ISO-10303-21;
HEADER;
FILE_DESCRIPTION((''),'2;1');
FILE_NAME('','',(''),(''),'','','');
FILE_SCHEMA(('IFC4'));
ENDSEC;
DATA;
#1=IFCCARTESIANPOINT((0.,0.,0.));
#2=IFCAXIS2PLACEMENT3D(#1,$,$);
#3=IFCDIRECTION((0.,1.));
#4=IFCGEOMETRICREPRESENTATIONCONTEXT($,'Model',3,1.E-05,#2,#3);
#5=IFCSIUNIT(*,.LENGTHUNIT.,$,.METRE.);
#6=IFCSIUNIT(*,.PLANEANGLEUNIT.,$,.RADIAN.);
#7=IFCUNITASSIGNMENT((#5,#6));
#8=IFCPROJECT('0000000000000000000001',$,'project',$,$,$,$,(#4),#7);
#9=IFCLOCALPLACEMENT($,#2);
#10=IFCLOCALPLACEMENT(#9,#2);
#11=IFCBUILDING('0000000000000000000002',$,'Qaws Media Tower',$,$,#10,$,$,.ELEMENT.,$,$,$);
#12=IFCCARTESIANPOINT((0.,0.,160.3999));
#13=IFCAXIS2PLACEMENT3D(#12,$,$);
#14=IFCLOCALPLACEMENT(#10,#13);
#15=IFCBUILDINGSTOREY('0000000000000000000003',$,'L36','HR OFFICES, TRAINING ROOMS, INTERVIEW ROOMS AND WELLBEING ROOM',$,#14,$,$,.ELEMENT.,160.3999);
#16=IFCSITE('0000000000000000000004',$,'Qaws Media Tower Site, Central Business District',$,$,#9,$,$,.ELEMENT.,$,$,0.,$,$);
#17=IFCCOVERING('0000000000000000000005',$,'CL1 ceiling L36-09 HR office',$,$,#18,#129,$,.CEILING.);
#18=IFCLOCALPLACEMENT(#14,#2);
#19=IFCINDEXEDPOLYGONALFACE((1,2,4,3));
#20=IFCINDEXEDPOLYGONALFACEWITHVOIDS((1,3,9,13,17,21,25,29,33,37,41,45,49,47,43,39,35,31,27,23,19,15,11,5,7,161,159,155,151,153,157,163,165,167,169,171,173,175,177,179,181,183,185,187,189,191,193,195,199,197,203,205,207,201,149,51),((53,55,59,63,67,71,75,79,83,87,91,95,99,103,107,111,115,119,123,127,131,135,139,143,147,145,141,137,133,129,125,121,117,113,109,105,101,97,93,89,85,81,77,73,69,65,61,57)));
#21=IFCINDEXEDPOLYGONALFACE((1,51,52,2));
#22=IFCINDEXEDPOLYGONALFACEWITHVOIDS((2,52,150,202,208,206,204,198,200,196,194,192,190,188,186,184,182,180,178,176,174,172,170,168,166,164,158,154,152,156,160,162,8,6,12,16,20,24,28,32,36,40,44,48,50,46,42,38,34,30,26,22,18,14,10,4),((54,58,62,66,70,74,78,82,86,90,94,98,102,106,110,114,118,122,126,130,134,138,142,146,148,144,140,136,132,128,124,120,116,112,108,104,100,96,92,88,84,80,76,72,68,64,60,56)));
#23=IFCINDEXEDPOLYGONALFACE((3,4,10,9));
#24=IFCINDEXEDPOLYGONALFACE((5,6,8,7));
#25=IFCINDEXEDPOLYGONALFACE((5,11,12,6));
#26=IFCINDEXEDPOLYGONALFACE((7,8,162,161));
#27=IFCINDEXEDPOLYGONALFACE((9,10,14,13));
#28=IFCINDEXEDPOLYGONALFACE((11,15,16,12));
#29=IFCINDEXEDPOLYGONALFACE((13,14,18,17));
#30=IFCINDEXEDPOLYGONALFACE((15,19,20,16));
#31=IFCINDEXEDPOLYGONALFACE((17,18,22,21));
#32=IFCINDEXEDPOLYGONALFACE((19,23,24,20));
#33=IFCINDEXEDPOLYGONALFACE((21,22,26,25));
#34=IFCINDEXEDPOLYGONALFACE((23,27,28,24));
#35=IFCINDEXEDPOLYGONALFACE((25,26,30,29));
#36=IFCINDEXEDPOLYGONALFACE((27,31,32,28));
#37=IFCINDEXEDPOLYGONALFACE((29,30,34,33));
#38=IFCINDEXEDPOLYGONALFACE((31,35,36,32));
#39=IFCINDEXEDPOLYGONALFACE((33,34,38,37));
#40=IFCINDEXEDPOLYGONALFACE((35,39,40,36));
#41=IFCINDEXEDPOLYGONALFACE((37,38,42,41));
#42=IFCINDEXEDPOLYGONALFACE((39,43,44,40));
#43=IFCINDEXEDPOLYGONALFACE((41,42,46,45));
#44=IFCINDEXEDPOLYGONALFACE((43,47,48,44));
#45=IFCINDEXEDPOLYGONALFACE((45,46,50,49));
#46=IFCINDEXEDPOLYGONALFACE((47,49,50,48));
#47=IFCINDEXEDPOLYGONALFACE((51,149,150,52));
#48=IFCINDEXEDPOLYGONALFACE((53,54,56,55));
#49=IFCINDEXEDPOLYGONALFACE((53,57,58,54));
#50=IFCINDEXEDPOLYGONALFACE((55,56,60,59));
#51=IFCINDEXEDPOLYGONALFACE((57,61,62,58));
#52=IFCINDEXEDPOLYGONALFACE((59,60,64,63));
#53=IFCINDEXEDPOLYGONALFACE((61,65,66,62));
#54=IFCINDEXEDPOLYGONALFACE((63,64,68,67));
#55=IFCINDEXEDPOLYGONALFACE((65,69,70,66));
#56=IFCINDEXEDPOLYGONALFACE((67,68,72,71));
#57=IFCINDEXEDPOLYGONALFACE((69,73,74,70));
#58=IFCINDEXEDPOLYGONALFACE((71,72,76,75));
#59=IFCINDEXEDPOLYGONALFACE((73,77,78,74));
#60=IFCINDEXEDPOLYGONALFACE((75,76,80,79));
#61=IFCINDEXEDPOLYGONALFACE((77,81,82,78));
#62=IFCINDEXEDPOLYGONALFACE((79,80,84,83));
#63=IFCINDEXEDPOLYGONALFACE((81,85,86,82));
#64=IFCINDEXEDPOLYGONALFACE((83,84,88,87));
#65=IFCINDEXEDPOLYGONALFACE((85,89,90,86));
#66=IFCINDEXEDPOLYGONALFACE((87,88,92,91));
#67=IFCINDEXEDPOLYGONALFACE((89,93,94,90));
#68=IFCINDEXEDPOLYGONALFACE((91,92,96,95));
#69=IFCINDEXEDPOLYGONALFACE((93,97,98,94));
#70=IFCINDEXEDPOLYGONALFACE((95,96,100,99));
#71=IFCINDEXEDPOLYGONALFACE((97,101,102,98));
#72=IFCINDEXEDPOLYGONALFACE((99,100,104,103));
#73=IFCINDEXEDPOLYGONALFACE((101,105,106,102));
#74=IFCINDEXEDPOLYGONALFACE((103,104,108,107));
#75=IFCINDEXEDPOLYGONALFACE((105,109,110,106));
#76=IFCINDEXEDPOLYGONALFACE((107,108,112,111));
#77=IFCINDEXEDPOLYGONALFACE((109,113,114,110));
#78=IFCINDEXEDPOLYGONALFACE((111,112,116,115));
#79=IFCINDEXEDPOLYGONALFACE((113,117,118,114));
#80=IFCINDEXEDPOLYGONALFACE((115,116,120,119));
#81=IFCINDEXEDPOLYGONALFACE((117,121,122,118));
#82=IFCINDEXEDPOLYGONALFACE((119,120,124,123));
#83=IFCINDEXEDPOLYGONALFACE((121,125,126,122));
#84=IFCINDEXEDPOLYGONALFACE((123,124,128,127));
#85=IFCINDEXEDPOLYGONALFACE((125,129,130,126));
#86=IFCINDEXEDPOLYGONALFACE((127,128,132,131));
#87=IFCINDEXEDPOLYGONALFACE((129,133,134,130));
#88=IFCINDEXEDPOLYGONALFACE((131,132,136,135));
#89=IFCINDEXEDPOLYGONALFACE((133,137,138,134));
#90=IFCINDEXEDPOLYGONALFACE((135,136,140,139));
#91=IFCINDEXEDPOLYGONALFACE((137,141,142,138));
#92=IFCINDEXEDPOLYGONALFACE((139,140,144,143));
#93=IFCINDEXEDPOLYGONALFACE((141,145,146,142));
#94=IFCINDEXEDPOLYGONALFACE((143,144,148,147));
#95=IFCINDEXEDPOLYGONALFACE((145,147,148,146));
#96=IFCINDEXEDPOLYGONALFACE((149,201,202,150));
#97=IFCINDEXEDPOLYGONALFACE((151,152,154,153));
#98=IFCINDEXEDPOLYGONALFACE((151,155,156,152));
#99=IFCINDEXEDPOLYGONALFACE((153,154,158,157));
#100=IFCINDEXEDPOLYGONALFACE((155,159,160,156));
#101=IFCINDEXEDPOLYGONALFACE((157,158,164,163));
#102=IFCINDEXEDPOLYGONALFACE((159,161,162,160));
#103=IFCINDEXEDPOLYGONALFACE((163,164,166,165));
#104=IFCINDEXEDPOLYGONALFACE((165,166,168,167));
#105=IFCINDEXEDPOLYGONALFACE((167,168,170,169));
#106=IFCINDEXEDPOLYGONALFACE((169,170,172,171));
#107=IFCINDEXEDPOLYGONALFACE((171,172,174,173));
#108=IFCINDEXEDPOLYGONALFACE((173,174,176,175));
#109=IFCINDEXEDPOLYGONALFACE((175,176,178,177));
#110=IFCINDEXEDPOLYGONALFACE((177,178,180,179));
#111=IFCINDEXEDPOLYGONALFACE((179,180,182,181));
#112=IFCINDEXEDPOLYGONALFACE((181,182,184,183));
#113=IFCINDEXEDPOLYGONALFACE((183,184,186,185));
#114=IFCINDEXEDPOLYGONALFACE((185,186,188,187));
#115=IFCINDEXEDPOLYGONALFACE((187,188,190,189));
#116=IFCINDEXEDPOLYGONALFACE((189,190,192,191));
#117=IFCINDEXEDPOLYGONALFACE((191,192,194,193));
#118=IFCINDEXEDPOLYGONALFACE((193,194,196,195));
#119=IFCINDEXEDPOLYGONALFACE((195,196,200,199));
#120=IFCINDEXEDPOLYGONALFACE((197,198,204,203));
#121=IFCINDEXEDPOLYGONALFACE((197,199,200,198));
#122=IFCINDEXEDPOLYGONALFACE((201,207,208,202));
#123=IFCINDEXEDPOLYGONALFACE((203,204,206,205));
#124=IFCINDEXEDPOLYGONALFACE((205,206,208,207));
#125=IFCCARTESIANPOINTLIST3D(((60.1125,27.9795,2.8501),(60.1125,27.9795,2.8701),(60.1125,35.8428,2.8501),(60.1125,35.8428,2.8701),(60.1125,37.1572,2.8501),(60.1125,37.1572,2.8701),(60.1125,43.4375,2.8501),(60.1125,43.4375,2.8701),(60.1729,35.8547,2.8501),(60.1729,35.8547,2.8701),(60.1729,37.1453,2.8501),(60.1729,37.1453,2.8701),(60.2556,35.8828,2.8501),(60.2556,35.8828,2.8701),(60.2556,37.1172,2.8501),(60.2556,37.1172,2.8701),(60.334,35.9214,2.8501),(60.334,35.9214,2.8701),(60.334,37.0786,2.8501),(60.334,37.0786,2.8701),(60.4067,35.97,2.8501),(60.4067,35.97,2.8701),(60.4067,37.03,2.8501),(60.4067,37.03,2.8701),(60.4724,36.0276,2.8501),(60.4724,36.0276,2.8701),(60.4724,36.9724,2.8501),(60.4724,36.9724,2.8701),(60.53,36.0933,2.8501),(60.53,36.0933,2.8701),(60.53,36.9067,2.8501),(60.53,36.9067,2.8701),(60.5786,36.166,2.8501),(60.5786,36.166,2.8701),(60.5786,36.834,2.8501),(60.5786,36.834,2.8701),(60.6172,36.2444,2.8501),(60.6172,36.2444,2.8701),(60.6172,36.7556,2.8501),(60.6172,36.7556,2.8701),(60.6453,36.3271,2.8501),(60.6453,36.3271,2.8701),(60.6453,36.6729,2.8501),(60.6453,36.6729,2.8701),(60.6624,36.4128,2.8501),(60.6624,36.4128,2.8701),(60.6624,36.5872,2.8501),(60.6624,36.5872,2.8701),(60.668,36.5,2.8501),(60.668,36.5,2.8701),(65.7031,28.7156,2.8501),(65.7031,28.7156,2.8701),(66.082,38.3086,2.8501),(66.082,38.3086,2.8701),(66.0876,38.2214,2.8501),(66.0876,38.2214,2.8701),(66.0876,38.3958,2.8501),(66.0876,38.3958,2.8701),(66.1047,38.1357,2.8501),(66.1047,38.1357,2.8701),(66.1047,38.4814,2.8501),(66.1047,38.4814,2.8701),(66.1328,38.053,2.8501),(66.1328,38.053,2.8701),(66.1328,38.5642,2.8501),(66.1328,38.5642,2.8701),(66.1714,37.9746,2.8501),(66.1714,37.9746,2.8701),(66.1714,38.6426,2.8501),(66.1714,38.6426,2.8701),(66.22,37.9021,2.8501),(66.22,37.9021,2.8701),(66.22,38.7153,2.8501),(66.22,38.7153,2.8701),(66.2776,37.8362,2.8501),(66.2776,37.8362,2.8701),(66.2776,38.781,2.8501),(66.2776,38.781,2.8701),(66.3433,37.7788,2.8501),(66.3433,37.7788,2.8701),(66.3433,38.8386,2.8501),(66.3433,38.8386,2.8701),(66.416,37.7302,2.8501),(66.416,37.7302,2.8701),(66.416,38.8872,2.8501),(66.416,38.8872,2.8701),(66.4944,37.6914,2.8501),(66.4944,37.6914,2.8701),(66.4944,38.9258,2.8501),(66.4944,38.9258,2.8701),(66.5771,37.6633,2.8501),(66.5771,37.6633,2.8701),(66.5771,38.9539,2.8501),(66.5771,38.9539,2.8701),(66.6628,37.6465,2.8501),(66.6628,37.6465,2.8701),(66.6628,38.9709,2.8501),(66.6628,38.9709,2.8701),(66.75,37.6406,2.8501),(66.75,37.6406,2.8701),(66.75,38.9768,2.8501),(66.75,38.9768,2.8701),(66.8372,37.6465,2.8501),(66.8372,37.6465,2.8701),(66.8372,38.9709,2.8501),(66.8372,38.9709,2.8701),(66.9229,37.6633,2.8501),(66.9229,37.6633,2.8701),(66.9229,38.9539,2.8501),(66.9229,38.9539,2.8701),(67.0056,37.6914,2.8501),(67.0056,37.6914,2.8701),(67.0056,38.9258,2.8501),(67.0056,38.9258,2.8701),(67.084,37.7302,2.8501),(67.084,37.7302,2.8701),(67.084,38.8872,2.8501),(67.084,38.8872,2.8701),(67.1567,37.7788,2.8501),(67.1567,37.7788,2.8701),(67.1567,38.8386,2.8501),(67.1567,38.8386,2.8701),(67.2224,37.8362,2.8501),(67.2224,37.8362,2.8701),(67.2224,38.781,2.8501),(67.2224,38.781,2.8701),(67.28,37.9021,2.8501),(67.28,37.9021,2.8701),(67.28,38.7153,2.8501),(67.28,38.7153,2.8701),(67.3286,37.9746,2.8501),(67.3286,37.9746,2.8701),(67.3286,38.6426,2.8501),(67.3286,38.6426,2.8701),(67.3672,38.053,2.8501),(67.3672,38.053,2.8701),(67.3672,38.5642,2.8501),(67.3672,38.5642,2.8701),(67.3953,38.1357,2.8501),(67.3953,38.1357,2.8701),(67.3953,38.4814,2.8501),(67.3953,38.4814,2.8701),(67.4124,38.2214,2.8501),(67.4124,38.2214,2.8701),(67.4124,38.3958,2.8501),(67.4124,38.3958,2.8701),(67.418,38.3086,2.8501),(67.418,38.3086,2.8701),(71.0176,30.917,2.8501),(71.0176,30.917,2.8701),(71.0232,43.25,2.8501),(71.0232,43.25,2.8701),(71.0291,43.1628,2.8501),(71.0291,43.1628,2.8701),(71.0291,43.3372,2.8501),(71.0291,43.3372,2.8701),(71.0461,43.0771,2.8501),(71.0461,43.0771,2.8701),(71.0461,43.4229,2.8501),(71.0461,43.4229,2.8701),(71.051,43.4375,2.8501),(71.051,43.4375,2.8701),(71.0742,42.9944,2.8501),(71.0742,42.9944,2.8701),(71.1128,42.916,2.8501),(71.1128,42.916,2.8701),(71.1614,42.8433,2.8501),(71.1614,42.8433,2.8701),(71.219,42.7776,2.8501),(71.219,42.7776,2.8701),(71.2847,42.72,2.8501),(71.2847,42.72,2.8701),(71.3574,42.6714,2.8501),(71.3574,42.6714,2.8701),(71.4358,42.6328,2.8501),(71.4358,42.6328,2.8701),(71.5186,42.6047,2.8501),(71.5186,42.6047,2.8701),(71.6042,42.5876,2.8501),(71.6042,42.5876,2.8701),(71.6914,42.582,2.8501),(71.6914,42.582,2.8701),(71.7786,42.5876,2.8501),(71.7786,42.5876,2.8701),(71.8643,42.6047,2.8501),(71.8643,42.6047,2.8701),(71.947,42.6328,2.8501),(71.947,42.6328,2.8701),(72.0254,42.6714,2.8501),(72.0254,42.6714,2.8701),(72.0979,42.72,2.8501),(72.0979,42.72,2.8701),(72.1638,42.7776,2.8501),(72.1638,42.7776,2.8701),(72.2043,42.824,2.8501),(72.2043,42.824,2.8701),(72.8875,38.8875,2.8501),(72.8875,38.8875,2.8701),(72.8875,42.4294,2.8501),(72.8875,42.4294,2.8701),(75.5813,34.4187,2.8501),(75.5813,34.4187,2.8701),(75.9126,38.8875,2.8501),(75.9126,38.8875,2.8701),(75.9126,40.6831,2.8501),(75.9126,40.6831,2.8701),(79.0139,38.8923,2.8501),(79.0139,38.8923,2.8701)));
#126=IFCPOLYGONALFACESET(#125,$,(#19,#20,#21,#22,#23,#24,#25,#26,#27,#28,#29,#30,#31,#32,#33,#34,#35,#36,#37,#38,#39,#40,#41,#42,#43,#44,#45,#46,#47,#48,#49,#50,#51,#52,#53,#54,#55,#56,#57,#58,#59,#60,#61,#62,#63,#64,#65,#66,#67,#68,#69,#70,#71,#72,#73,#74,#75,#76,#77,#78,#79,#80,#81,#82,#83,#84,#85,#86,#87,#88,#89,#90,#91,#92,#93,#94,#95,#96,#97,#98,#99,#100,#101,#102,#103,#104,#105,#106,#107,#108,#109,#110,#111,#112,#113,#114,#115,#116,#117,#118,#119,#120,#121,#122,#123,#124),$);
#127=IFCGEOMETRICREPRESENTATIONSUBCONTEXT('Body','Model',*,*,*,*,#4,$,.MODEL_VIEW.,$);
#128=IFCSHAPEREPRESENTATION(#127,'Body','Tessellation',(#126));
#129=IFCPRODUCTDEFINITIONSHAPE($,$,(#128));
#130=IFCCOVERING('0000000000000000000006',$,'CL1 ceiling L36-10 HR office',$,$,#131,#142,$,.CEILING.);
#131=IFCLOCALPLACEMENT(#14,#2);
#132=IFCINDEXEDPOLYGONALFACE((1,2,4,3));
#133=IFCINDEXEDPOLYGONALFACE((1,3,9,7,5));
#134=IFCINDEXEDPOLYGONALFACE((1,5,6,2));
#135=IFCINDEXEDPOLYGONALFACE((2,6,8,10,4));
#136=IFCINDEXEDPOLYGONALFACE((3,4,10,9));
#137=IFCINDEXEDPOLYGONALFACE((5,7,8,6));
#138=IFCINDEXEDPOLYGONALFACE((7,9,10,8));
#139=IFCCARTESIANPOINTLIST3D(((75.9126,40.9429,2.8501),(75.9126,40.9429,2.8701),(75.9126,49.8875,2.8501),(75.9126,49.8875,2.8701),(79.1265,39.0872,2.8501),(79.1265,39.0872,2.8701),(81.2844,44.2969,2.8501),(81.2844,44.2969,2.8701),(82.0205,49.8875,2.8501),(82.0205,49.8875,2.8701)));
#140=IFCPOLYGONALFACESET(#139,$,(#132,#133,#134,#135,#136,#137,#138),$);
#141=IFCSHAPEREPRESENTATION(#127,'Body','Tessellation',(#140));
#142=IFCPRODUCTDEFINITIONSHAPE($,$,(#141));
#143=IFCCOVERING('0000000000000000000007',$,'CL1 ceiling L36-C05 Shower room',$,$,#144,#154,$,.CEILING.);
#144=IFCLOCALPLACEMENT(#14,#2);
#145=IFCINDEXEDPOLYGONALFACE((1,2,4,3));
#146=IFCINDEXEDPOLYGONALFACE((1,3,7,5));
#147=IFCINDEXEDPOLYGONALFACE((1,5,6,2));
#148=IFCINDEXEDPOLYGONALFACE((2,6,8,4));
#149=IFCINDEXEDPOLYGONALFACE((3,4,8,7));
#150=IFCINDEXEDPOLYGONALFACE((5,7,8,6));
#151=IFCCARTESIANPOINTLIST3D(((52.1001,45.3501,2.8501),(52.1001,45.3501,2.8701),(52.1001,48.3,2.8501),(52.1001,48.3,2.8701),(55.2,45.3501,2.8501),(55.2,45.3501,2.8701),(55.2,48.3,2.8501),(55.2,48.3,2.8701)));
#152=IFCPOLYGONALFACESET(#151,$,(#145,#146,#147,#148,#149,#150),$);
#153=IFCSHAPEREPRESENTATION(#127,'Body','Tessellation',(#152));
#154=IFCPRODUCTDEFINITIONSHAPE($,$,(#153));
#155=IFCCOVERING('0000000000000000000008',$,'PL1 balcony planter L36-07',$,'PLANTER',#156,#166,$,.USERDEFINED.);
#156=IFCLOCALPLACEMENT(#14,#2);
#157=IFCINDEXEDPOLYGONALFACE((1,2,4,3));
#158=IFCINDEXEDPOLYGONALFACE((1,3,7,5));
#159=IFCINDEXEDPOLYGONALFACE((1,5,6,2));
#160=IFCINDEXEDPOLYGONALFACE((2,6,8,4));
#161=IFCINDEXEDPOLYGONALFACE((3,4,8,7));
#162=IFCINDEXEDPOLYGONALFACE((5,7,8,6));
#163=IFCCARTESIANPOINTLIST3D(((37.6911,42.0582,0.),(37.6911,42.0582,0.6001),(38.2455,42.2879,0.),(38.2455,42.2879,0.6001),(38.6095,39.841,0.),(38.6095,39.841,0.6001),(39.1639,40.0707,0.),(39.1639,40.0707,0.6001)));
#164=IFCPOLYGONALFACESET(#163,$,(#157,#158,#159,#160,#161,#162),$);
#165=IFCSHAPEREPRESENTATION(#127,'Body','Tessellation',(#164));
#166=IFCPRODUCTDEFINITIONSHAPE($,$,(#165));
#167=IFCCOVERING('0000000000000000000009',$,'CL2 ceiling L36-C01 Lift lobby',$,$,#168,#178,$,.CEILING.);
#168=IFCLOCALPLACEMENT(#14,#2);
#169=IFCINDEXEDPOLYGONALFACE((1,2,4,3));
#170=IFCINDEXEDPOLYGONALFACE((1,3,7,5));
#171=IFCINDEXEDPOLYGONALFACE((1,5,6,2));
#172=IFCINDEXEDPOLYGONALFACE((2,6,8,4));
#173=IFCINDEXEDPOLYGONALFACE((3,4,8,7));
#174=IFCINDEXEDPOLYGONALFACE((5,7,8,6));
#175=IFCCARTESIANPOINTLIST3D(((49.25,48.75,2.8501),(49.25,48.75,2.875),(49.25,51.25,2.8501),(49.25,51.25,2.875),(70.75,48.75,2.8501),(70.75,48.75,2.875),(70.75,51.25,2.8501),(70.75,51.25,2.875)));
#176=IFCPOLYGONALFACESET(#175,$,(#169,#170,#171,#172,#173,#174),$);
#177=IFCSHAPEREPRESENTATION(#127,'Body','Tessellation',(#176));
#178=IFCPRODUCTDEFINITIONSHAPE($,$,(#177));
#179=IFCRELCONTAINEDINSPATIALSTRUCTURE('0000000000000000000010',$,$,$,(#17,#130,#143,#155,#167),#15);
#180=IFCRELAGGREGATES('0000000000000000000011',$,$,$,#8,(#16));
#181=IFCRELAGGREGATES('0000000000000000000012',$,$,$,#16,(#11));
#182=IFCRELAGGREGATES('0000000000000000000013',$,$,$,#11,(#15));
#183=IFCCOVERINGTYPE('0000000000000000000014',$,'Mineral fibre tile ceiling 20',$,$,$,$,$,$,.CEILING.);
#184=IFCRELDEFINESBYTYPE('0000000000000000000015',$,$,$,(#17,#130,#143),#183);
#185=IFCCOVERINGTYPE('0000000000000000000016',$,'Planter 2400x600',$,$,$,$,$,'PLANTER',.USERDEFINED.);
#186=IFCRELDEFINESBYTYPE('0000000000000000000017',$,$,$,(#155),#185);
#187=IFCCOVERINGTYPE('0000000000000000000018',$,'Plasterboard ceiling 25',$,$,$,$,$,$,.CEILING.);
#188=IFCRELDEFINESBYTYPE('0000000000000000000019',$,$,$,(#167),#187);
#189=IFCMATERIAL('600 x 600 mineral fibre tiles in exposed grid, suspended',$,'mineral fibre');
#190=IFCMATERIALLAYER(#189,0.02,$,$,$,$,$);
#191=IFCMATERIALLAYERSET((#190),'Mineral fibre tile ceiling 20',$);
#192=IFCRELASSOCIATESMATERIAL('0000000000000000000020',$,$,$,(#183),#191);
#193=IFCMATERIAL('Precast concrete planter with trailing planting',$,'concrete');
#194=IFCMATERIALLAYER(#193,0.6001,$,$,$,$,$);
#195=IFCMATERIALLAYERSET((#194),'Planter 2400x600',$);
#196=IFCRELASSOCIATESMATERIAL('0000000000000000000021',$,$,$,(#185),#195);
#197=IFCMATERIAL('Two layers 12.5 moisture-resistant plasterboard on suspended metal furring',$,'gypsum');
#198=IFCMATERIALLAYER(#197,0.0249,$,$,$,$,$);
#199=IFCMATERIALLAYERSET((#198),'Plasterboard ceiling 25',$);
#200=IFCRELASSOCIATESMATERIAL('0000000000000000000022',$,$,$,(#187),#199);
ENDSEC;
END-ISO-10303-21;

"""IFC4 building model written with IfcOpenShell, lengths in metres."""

from ifc_helpers import new_model, si_unit, direction, frame, origin, origin_2d, place, context, subcontext, project, spatial, polyline, rectangle, outline, extrude, material, layer, layer_set, type_object, element, save


model = new_model("IFC4")

# Units and contexts
model_context = context("Model", 3, precision=1e-05, world=origin(), true_north=direction((0.0, 1.0)))
body_context = subcontext(model_context, "Body", "Model", "MODEL_VIEW")
ifc_project = project(units=[si_unit("LENGTHUNIT", "METRE"), si_unit("PLANEANGLEUNIT", "RADIAN")], contexts=[model_context])

# Site, building, storey
site_placement = place(None, origin())
site = spatial("IfcSite", under=ifc_project, at=site_placement, Name="Qaws Media Tower Site, Central Business District", CompositionType="ELEMENT", RefElevation=0.0)
building_placement = place(site_placement, origin())
building = spatial("IfcBuilding", under=site, at=building_placement, Name="Qaws Media Tower", CompositionType="ELEMENT")
storey_placement = place(building_placement, frame((0.0, 0.0, 160.3999)))
storey = spatial("IfcBuildingStorey", under=building, at=storey_placement, Name="L36", Description="HR OFFICES, TRAINING ROOMS, INTERVIEW ROOMS AND WELLBEING ROOM", CompositionType="ELEMENT", Elevation=160.3999)

# Coverings
ifc_material_1 = material(Name="600 x 600 mineral fibre tiles in exposed grid, suspended", Category="mineral fibre")
ifc_layer_1 = layer(ifc_material_1, 0.02)
ifc_layer_set_1 = layer_set([ifc_layer_1], Name="Mineral fibre tile ceiling 20")
covering_type_1 = type_object("IfcCoveringType", Name="Mineral fibre tile ceiling 20", PredefinedType="CEILING", material=ifc_layer_set_1)
covering_1_placement = place(storey_placement, frame((0.0, 0.0, 2.8501)))
element("IfcCovering", 1, at=covering_1_placement, inside=storey, type_object=covering_type_1, Name="CL1 ceiling L36-09 HR office", PredefinedType="CEILING", context=body_context, shape_type="SweptSolid", body=[
    extrude(outline(polyline([(72.8875, 38.8875), (75.9126, 38.8875), (75.9126, 40.6831), (79.0139, 38.8923), (75.5813, 34.4187), (71.0176, 30.917), (65.7031, 28.7156), (60.1125, 27.9795), (60.1125, 35.8428), (60.1729, 35.8547), (60.2556, 35.8828), (60.334, 35.9214), (60.4067, 35.97), (60.4724, 36.0276), (60.53, 36.0933), (60.5786, 36.166), (60.6172, 36.2444), (60.6453, 36.3271), (60.6624, 36.4128), (60.668, 36.5), (60.6624, 36.5872), (60.6453, 36.6729), (60.6172, 36.7556), (60.5786, 36.834), (60.53, 36.9067), (60.4724, 36.9724), (60.4067, 37.03), (60.334, 37.0786), (60.2556, 37.1172), (60.1729, 37.1453), (60.1125, 37.1572), (60.1125, 43.4375), (71.051, 43.4375), (71.0461, 43.4229), (71.0291, 43.3372), (71.0232, 43.25), (71.0291, 43.1628), (71.0461, 43.0771), (71.0742, 42.9944), (71.1128, 42.916), (71.1614, 42.8433), (71.219, 42.7776), (71.2847, 42.72), (71.3574, 42.6714), (71.4358, 42.6328), (71.5186, 42.6047), (71.6042, 42.5876), (71.6914, 42.582), (71.7786, 42.5876), (71.8643, 42.6047), (71.947, 42.6328), (72.0254, 42.6714), (72.0979, 42.72), (72.1638, 42.7776), (72.2043, 42.824), (72.8875, 42.4294), (72.8875, 38.8875)]), holes=[polyline([(67.3672, 38.053), (67.3953, 38.1357), (67.4124, 38.2214), (67.418, 38.3086), (67.4124, 38.3958), (67.3953, 38.4814), (67.3672, 38.5642), (67.3286, 38.6426), (67.28, 38.7153), (67.2224, 38.781), (67.1567, 38.8386), (67.084, 38.8872), (67.0056, 38.9258), (66.9229, 38.9539), (66.8372, 38.9709), (66.75, 38.9768), (66.6628, 38.9709), (66.5771, 38.9539), (66.4944, 38.9258), (66.416, 38.8872), (66.3433, 38.8386), (66.2776, 38.781), (66.22, 38.7153), (66.1714, 38.6426), (66.1328, 38.5642), (66.1047, 38.4814), (66.0876, 38.3958), (66.082, 38.3086), (66.0876, 38.2214), (66.1047, 38.1357), (66.1328, 38.053), (66.1714, 37.9746), (66.22, 37.9021), (66.2776, 37.8362), (66.3433, 37.7788), (66.416, 37.7302), (66.4944, 37.6914), (66.5771, 37.6633), (66.6628, 37.6465), (66.75, 37.6406), (66.8372, 37.6465), (66.9229, 37.6633), (67.0056, 37.6914), (67.084, 37.7302), (67.1567, 37.7788), (67.2224, 37.8362), (67.28, 37.9021), (67.3286, 37.9746), (67.3672, 38.053)])]), origin(), (0.0, 0.0, 1.0), 0.02),
])
covering_2_placement = place(storey_placement, frame((0.0, 0.0, 2.8501)))
element("IfcCovering", 2, at=covering_2_placement, inside=storey, type_object=covering_type_1, Name="CL1 ceiling L36-10 HR office", PredefinedType="CEILING", context=body_context, shape_type="SweptSolid", body=[
    extrude(outline(polyline([(81.2844, 44.2969), (79.1265, 39.0872), (75.9126, 40.9429), (75.9126, 49.8875), (82.0205, 49.8875), (81.2844, 44.2969)])), origin(), (0.0, 0.0, 1.0), 0.02),
])
covering_3_placement = place(storey_placement, frame((0.0, 0.0, 2.8501)))
element("IfcCovering", 3, at=covering_3_placement, inside=storey, type_object=covering_type_1, Name="CL1 ceiling L36-C05 Shower room", PredefinedType="CEILING", context=body_context, shape_type="SweptSolid", body=[
    extrude(outline(polyline([(52.1001, 45.3501), (52.1001, 48.3), (55.2, 48.3), (55.2, 45.3501), (52.1001, 45.3501)])), origin(), (0.0, 0.0, 1.0), 0.02),
])
ifc_material_2 = material(Name="Precast concrete planter with trailing planting", Category="concrete")
ifc_layer_2 = layer(ifc_material_2, 0.6001)
ifc_layer_set_2 = layer_set([ifc_layer_2], Name="Planter 2400x600")
covering_type_2 = type_object("IfcCoveringType", Name="Planter 2400x600", ElementType="PLANTER", PredefinedType="USERDEFINED", material=ifc_layer_set_2)
covering_4_placement = place(storey_placement, frame((38.4275, 41.0645, 0.0), z_axis=(0.0, 0.0, 1.0), x_axis=(0.382683, -0.92388, 0.0)))
element("IfcCovering", 4, at=covering_4_placement, inside=storey, type_object=covering_type_2, Name="PL1 balcony planter L36-07", ObjectType="PLANTER", PredefinedType="USERDEFINED", context=body_context, shape_type="SweptSolid", body=[
    extrude(rectangle(XDim=2.3999, YDim=0.6001, at=origin_2d()), origin(), (0.0, 0.0, 1.0), 0.6001),
])
ifc_material_3 = material(Name="Two layers 12.5 moisture-resistant plasterboard on suspended metal furring", Category="gypsum")
ifc_layer_3 = layer(ifc_material_3, 0.0249)
ifc_layer_set_3 = layer_set([ifc_layer_3], Name="Plasterboard ceiling 25")
covering_type_3 = type_object("IfcCoveringType", Name="Plasterboard ceiling 25", PredefinedType="CEILING", material=ifc_layer_set_3)
covering_5_placement = place(storey_placement, frame((0.0, 0.0, 2.8501)))
element("IfcCovering", 5, at=covering_5_placement, inside=storey, type_object=covering_type_3, Name="CL2 ceiling L36-C01 Lift lobby", PredefinedType="CEILING", context=body_context, shape_type="SweptSolid", body=[
    extrude(outline(polyline([(49.25, 48.75), (49.25, 51.25), (70.75, 51.25), (70.75, 48.75), (49.25, 48.75)])), origin(), (0.0, 0.0, 1.0), 0.0249),
])

save(model, "model.ifc")
